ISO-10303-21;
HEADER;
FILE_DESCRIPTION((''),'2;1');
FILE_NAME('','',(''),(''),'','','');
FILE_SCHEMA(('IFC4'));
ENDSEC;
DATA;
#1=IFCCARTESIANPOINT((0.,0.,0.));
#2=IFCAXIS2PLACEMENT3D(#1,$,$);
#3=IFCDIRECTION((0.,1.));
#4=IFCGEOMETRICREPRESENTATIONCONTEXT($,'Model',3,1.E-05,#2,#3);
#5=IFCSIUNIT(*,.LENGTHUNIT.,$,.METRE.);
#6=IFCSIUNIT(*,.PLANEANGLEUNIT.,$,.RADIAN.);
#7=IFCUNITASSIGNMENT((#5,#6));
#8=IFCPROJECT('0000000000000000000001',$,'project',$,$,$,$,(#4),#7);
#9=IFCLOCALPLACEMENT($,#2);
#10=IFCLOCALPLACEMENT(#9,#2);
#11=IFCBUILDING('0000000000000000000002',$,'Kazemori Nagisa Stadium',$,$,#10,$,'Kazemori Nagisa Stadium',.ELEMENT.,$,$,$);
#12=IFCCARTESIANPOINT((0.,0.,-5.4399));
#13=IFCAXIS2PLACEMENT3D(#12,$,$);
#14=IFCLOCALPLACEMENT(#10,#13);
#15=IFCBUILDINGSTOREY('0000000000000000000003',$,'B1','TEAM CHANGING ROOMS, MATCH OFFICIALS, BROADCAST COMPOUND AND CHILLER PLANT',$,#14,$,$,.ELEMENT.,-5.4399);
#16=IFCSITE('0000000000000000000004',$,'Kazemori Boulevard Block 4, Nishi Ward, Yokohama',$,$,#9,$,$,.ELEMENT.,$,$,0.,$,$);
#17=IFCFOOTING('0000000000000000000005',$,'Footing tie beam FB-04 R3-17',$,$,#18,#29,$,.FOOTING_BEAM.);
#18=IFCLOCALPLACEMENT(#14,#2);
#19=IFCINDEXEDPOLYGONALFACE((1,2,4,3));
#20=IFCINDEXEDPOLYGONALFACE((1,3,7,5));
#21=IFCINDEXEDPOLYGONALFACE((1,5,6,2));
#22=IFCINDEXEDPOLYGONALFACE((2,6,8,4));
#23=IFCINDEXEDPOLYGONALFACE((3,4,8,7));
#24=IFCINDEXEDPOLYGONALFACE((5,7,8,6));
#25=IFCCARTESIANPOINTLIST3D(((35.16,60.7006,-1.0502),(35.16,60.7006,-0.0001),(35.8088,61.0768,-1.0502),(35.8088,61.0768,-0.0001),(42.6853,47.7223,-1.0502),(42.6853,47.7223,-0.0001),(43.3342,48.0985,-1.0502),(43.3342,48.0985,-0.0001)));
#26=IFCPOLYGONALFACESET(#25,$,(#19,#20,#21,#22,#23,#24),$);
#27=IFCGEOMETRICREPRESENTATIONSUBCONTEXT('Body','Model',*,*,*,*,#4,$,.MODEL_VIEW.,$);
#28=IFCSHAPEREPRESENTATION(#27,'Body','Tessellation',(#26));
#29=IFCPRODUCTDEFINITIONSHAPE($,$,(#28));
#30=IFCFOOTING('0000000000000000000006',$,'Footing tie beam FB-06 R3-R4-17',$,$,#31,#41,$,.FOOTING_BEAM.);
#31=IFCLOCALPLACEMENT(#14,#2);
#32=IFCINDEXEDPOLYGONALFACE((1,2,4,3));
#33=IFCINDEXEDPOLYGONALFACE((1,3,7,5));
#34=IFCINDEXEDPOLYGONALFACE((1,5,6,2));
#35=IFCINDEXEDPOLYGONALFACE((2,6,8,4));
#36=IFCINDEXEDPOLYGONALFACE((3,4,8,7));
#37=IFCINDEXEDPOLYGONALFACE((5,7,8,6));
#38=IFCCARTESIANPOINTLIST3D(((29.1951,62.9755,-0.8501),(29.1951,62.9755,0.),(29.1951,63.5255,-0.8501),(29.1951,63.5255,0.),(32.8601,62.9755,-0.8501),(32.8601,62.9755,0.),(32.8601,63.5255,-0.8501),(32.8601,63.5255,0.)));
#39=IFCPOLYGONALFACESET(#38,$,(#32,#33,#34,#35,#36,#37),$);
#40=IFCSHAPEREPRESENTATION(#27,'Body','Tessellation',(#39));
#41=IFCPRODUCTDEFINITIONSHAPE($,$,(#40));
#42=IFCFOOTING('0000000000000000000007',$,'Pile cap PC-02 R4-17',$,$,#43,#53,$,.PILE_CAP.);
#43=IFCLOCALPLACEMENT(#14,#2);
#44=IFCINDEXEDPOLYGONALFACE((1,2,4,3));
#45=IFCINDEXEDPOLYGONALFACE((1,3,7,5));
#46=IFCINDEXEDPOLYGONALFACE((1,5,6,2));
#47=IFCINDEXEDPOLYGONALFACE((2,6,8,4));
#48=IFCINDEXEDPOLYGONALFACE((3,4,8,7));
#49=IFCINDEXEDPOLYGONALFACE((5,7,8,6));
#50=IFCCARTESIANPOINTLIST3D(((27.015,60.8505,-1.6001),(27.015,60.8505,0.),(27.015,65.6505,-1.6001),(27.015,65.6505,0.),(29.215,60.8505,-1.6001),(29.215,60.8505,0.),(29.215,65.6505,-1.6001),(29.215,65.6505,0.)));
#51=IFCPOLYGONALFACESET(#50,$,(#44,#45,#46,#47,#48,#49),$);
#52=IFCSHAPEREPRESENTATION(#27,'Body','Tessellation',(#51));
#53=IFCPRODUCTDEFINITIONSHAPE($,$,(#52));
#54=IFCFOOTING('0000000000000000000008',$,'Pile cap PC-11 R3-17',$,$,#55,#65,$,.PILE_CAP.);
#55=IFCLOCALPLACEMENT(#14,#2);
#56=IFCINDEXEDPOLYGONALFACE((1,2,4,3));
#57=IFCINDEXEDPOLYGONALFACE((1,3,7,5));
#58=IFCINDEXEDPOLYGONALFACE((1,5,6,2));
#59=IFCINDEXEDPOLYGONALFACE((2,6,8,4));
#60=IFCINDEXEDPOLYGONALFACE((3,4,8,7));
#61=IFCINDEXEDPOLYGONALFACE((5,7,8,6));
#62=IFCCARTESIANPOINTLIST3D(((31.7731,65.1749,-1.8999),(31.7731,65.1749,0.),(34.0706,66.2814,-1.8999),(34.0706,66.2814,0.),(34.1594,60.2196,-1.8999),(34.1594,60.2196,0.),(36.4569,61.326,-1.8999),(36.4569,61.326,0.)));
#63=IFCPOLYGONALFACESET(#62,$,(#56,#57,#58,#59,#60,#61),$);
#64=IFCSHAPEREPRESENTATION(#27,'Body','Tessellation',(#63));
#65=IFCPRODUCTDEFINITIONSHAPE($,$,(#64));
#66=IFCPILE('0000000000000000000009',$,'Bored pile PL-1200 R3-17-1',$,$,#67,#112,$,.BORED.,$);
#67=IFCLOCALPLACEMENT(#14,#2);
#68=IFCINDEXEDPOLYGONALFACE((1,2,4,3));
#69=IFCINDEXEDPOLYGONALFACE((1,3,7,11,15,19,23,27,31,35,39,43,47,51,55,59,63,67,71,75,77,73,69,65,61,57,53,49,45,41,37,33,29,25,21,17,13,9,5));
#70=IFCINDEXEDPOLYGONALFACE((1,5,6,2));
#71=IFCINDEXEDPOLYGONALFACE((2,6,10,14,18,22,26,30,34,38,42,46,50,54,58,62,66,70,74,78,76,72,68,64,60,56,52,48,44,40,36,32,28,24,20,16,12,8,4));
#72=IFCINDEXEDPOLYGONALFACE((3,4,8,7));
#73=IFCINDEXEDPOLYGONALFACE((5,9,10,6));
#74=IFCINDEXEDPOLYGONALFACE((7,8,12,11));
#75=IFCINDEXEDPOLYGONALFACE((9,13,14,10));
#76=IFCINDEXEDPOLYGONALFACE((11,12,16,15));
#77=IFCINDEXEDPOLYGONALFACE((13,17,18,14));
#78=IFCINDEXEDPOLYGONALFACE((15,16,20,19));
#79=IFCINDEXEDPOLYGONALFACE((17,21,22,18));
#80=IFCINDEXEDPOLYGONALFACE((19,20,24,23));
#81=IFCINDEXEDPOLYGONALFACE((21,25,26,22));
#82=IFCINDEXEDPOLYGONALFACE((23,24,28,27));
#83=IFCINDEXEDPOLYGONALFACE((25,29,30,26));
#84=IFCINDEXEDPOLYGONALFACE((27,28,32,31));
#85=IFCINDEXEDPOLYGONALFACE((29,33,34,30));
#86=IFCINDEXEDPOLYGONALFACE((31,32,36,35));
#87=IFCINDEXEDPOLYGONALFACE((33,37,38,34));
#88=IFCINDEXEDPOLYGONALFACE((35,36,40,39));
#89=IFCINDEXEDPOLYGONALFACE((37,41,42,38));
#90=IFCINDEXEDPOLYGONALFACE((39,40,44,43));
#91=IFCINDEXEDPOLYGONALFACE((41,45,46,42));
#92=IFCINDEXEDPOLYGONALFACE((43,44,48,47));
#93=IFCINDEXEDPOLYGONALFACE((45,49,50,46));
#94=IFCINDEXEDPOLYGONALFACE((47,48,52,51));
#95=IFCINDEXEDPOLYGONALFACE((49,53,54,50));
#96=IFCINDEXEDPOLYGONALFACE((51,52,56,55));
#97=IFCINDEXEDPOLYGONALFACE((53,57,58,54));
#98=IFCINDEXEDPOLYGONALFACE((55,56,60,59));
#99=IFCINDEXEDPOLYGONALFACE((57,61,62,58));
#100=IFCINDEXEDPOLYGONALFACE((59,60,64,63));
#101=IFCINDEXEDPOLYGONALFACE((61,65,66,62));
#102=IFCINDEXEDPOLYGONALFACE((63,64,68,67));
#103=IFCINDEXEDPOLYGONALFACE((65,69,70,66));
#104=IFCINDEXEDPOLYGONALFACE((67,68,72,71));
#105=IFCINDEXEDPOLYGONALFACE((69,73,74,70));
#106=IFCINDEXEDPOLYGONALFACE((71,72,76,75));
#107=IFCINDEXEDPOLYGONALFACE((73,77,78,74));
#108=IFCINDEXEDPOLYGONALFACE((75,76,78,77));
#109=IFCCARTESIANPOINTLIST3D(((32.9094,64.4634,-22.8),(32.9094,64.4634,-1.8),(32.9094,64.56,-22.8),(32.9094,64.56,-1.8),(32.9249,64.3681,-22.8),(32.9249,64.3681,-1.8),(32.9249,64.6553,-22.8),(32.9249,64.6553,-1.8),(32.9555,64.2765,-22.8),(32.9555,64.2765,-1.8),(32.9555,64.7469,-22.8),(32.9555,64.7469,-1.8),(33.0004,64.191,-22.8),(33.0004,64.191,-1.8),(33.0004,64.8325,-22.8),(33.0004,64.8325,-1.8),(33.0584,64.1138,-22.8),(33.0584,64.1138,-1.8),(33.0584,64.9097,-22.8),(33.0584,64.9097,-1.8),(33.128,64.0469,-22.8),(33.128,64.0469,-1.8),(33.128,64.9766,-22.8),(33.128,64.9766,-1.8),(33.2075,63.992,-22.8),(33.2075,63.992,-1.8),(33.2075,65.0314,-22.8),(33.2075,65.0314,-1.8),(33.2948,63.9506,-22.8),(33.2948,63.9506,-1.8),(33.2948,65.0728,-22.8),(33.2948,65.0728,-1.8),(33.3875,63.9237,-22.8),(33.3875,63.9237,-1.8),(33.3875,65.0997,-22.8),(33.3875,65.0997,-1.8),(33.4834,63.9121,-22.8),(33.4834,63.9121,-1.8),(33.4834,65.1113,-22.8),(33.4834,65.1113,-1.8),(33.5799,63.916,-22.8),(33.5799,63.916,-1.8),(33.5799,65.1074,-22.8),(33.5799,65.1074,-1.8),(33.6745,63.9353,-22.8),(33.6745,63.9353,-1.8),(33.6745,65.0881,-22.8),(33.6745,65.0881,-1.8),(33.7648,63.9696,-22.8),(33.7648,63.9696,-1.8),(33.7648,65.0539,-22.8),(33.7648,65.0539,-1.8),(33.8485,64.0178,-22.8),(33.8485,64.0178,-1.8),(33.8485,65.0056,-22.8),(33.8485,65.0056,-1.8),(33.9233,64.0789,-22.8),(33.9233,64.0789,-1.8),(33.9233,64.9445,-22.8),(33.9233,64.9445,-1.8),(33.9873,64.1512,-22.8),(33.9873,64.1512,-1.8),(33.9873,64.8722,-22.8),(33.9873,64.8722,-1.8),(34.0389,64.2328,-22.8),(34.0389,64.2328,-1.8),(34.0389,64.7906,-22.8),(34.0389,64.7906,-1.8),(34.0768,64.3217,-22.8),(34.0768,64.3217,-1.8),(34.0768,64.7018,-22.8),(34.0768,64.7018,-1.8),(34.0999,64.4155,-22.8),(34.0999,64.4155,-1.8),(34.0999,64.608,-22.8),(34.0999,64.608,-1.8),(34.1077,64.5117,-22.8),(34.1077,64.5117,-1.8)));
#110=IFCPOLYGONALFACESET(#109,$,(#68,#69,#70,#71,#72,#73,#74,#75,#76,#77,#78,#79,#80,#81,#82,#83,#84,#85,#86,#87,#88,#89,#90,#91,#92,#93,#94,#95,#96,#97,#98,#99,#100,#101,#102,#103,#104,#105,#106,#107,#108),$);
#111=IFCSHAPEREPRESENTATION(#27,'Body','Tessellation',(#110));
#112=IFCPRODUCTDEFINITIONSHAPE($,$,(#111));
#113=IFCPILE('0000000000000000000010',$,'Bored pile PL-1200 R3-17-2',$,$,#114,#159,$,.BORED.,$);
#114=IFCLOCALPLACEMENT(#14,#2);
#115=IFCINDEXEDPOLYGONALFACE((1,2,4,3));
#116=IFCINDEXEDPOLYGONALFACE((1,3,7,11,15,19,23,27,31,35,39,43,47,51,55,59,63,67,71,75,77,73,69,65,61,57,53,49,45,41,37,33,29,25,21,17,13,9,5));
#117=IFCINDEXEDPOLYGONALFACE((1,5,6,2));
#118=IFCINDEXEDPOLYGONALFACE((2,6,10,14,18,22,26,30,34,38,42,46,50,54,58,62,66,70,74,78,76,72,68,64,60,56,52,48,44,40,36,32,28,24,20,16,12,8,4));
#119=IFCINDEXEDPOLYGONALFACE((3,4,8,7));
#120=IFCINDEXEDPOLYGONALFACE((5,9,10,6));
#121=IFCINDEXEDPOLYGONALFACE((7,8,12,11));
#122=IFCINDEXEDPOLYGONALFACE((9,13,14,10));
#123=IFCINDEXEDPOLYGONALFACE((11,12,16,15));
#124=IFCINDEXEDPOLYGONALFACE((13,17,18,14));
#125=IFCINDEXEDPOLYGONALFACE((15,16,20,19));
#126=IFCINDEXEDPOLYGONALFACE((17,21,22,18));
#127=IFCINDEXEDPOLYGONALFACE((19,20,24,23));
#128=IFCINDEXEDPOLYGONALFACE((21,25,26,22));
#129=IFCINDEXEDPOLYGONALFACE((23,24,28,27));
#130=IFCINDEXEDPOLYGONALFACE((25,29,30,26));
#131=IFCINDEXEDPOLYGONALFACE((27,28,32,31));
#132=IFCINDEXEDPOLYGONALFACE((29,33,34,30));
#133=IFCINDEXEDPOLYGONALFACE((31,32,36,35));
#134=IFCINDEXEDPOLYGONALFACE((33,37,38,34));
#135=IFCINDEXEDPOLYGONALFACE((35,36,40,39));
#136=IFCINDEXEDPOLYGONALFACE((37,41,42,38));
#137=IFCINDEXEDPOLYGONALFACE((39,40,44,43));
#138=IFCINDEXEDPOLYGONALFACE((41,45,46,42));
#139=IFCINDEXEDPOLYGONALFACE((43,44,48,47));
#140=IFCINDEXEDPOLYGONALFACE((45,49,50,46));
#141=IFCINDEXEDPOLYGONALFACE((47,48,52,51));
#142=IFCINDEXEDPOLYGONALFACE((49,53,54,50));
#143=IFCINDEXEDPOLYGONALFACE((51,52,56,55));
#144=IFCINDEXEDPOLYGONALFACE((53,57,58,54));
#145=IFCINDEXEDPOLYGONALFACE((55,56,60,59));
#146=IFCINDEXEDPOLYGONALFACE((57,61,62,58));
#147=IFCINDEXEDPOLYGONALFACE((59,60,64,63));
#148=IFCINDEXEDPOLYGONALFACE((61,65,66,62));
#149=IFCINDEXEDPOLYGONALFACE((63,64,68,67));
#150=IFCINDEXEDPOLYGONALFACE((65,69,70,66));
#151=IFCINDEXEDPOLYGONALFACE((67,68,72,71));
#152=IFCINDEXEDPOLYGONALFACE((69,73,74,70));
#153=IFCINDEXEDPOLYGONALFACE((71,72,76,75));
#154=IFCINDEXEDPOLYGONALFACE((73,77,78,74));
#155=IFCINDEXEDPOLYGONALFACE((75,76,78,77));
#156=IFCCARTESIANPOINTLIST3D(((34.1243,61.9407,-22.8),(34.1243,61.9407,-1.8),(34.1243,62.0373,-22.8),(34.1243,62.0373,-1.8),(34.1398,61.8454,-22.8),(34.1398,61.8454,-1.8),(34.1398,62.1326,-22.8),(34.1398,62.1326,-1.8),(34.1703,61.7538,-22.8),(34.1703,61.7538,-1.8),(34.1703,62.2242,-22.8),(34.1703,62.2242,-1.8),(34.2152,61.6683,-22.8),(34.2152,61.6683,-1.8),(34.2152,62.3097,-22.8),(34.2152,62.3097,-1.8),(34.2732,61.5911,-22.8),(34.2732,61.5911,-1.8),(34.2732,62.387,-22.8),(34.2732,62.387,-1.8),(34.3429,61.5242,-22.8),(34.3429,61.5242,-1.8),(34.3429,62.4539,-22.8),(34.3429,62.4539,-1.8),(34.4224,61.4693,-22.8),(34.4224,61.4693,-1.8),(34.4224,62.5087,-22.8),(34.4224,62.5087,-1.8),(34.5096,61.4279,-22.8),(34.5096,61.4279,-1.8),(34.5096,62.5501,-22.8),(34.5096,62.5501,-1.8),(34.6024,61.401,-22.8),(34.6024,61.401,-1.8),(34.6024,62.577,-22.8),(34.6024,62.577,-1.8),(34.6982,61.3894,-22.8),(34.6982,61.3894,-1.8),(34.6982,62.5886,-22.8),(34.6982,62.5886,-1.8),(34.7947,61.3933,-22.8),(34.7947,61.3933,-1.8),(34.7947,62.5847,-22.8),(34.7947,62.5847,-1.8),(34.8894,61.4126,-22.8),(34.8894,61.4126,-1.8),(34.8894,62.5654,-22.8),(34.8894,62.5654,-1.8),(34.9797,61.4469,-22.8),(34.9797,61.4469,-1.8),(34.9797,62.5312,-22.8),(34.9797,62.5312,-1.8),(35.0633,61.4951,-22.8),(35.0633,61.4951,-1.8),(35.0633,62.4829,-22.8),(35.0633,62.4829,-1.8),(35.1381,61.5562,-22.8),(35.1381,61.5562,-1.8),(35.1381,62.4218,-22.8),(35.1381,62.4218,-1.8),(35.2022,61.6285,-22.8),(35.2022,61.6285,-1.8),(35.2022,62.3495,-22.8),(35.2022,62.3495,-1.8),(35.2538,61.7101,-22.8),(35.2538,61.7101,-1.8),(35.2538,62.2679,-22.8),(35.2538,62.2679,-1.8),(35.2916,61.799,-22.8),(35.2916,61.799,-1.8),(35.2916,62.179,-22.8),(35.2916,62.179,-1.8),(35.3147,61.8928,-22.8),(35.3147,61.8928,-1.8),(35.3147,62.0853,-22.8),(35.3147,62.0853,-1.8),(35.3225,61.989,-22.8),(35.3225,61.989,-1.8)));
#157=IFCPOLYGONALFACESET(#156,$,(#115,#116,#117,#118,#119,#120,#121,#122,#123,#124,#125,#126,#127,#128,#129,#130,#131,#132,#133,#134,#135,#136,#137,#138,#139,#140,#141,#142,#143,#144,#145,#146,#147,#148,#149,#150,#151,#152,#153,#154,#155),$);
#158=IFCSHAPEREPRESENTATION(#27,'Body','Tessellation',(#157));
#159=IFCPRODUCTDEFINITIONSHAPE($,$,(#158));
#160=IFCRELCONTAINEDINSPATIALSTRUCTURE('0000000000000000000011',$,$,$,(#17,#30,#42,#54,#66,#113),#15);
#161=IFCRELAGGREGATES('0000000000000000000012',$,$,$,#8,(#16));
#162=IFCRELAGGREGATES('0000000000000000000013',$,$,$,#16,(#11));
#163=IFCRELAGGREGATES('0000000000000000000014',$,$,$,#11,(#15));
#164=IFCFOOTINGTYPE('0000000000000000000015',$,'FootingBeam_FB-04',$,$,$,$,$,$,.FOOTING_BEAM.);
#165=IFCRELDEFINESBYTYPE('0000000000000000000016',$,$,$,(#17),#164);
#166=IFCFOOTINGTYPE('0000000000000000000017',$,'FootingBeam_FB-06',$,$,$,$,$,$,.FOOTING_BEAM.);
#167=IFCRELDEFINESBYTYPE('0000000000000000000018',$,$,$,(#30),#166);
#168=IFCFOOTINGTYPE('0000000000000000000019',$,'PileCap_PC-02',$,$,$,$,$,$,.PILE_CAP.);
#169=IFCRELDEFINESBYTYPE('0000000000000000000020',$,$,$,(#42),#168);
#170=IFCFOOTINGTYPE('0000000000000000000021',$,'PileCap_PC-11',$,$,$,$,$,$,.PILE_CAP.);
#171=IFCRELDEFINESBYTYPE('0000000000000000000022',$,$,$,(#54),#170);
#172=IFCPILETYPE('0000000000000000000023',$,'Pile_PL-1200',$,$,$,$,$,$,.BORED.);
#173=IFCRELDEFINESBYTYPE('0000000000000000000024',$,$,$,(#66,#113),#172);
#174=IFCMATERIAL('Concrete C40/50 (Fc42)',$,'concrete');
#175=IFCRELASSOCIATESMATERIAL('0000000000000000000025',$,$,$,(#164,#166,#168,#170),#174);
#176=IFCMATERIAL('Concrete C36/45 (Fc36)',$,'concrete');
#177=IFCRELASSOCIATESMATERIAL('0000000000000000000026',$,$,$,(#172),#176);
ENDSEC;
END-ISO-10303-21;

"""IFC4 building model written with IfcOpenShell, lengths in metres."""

from ifc_helpers import new_model, si_unit, direction, frame, origin, origin_2d, place, context, subcontext, project, spatial, rectangle, circle, extrude, material, material_profile, profile_set, type_object, element, save


model = new_model("IFC4")

# Units and contexts
model_context = context("Model", 3, precision=1e-05, world=origin(), true_north=direction((0.0, 1.0)))
body_context = subcontext(model_context, "Body", "Model", "MODEL_VIEW")
ifc_project = project(units=[si_unit("LENGTHUNIT", "METRE"), si_unit("PLANEANGLEUNIT", "RADIAN")], contexts=[model_context])

# Site, building, storey
site_placement = place(None, origin())
site = spatial("IfcSite", under=ifc_project, at=site_placement, Name="Kazemori Boulevard Block 4, Nishi Ward, Yokohama", CompositionType="ELEMENT", RefElevation=0.0)
building_placement = place(site_placement, origin())
building = spatial("IfcBuilding", under=site, at=building_placement, Name="Kazemori Nagisa Stadium", LongName="Kazemori Nagisa Stadium", CompositionType="ELEMENT")
storey_placement = place(building_placement, frame((0.0, 0.0, -5.4399)))
storey = spatial("IfcBuildingStorey", under=building, at=storey_placement, Name="B1", Description="TEAM CHANGING ROOMS, MATCH OFFICIALS, BROADCAST COMPOUND AND CHILLER PLANT", CompositionType="ELEMENT", Elevation=-5.4399)

# Footings
ifc_material_1 = material(Name="Concrete C40/50 (Fc42)", Category="concrete")
ifc_material_profile_1 = material_profile(ifc_material_1, rectangle(XDim=0.75, YDim=1.05, at=origin_2d()), Name="RC-FB-750x1050")
ifc_profile_set_1 = profile_set([ifc_material_profile_1], Name="Concrete C40/50 (Fc42)")
footing_type_1 = type_object("IfcFootingType", Name="FootingBeam_FB-04", PredefinedType="FOOTING_BEAM", material=ifc_profile_set_1)
footing_1_placement = place(storey_placement, frame((35.4844, 60.8887, -0.5251), z_axis=(0.501618, -0.865089, 0.0), x_axis=(0.865089, 0.501618, 0.0)))
element("IfcFooting", 1, at=footing_1_placement, inside=storey, type_object=footing_type_1, Name="Footing tie beam FB-04 R3-17", PredefinedType="FOOTING_BEAM", context=body_context, shape_type="SweptSolid", body=[
    extrude(rectangle(XDim=0.75, YDim=1.05, at=origin_2d()), origin(), (0.0, 0.0, 1.0), 15.0022),
])
ifc_material_profile_2 = material_profile(ifc_material_1, rectangle(XDim=0.55, YDim=0.8501, at=origin_2d()), Name="RC-FB-550x850")
ifc_profile_set_2 = profile_set([ifc_material_profile_2], Name="Concrete C40/50 (Fc42)")
footing_type_2 = type_object("IfcFootingType", Name="FootingBeam_FB-06", PredefinedType="FOOTING_BEAM", material=ifc_profile_set_2)
footing_2_placement = place(storey_placement, frame((32.8601, 63.2505, -0.425), z_axis=(-1.0, 0.0, 0.0), x_axis=(0.0, -1.0, 0.0)))
element("IfcFooting", 2, at=footing_2_placement, inside=storey, type_object=footing_type_2, Name="Footing tie beam FB-06 R3-R4-17", PredefinedType="FOOTING_BEAM", context=body_context, shape_type="SweptSolid", body=[
    extrude(rectangle(XDim=0.55, YDim=0.8501, at=origin_2d()), origin(), (0.0, 0.0, 1.0), 3.665),
])
footing_type_3 = type_object("IfcFootingType", Name="PileCap_PC-02", PredefinedType="PILE_CAP", material=ifc_material_1)
footing_3_placement = place(storey_placement, frame((28.115, 63.2505, -1.6001), z_axis=(0.0, 0.0, 1.0), x_axis=(0.0, 1.0, 0.0)))
element("IfcFooting", 3, at=footing_3_placement, inside=storey, type_object=footing_type_3, Name="Pile cap PC-02 R4-17", PredefinedType="PILE_CAP", context=body_context, shape_type="SweptSolid", body=[
    extrude(rectangle(XDim=4.8, YDim=2.2, at=origin_2d()), origin(), (0.0, 0.0, 1.0), 1.6001),
])
footing_type_4 = type_object("IfcFootingType", Name="PileCap_PC-11", PredefinedType="PILE_CAP", material=ifc_material_1)
footing_4_placement = place(storey_placement, frame((34.115, 63.2505, -1.8999), z_axis=(0.0, 0.0, 1.0), x_axis=(0.433884, -0.900969, 0.0)))
element("IfcFooting", 4, at=footing_4_placement, inside=storey, type_object=footing_type_4, Name="Pile cap PC-11 R3-17", PredefinedType="PILE_CAP", context=body_context, shape_type="SweptSolid", body=[
    extrude(rectangle(XDim=5.5, YDim=2.55, at=origin_2d()), origin(), (0.0, 0.0, 1.0), 1.8999),
])

# Piles
ifc_material_2 = material(Name="Concrete C36/45 (Fc36)", Category="concrete")
ifc_material_profile_3 = material_profile(ifc_material_2, circle(Radius=0.6001, at=origin_2d()), Name="PILE-D1200")
ifc_profile_set_3 = profile_set([ifc_material_profile_3], Name="Concrete C36/45 (Fc36)")
pile_type = type_object("IfcPileType", Name="Pile_PL-1200", PredefinedType="BORED", material=ifc_profile_set_3)
for number, where, z_axis, x_axis, name in (
    (5, (33.5076, 64.5117, -1.8), (0.0, 0.0, -1.0), (1.0, 0.0, 0.0), "Bored pile PL-1200 R3-17-1"),
    (6, (34.7224, 61.989, -1.8), (0.0, 0.0, -1.0), (1.0, 0.0, 0.0), "Bored pile PL-1200 R3-17-2"),
):
    element("IfcPile", number, at=place(storey_placement, frame(where, z_axis=z_axis, x_axis=x_axis)), inside=storey, type_object=pile_type, Name=name, PredefinedType="BORED", context=body_context, shape_type="SweptSolid", body=[
        extrude(circle(Radius=0.6001, at=origin_2d()), origin(), (0.0, 0.0, 1.0), 21.0),
    ])

save(model, "model.ifc")
